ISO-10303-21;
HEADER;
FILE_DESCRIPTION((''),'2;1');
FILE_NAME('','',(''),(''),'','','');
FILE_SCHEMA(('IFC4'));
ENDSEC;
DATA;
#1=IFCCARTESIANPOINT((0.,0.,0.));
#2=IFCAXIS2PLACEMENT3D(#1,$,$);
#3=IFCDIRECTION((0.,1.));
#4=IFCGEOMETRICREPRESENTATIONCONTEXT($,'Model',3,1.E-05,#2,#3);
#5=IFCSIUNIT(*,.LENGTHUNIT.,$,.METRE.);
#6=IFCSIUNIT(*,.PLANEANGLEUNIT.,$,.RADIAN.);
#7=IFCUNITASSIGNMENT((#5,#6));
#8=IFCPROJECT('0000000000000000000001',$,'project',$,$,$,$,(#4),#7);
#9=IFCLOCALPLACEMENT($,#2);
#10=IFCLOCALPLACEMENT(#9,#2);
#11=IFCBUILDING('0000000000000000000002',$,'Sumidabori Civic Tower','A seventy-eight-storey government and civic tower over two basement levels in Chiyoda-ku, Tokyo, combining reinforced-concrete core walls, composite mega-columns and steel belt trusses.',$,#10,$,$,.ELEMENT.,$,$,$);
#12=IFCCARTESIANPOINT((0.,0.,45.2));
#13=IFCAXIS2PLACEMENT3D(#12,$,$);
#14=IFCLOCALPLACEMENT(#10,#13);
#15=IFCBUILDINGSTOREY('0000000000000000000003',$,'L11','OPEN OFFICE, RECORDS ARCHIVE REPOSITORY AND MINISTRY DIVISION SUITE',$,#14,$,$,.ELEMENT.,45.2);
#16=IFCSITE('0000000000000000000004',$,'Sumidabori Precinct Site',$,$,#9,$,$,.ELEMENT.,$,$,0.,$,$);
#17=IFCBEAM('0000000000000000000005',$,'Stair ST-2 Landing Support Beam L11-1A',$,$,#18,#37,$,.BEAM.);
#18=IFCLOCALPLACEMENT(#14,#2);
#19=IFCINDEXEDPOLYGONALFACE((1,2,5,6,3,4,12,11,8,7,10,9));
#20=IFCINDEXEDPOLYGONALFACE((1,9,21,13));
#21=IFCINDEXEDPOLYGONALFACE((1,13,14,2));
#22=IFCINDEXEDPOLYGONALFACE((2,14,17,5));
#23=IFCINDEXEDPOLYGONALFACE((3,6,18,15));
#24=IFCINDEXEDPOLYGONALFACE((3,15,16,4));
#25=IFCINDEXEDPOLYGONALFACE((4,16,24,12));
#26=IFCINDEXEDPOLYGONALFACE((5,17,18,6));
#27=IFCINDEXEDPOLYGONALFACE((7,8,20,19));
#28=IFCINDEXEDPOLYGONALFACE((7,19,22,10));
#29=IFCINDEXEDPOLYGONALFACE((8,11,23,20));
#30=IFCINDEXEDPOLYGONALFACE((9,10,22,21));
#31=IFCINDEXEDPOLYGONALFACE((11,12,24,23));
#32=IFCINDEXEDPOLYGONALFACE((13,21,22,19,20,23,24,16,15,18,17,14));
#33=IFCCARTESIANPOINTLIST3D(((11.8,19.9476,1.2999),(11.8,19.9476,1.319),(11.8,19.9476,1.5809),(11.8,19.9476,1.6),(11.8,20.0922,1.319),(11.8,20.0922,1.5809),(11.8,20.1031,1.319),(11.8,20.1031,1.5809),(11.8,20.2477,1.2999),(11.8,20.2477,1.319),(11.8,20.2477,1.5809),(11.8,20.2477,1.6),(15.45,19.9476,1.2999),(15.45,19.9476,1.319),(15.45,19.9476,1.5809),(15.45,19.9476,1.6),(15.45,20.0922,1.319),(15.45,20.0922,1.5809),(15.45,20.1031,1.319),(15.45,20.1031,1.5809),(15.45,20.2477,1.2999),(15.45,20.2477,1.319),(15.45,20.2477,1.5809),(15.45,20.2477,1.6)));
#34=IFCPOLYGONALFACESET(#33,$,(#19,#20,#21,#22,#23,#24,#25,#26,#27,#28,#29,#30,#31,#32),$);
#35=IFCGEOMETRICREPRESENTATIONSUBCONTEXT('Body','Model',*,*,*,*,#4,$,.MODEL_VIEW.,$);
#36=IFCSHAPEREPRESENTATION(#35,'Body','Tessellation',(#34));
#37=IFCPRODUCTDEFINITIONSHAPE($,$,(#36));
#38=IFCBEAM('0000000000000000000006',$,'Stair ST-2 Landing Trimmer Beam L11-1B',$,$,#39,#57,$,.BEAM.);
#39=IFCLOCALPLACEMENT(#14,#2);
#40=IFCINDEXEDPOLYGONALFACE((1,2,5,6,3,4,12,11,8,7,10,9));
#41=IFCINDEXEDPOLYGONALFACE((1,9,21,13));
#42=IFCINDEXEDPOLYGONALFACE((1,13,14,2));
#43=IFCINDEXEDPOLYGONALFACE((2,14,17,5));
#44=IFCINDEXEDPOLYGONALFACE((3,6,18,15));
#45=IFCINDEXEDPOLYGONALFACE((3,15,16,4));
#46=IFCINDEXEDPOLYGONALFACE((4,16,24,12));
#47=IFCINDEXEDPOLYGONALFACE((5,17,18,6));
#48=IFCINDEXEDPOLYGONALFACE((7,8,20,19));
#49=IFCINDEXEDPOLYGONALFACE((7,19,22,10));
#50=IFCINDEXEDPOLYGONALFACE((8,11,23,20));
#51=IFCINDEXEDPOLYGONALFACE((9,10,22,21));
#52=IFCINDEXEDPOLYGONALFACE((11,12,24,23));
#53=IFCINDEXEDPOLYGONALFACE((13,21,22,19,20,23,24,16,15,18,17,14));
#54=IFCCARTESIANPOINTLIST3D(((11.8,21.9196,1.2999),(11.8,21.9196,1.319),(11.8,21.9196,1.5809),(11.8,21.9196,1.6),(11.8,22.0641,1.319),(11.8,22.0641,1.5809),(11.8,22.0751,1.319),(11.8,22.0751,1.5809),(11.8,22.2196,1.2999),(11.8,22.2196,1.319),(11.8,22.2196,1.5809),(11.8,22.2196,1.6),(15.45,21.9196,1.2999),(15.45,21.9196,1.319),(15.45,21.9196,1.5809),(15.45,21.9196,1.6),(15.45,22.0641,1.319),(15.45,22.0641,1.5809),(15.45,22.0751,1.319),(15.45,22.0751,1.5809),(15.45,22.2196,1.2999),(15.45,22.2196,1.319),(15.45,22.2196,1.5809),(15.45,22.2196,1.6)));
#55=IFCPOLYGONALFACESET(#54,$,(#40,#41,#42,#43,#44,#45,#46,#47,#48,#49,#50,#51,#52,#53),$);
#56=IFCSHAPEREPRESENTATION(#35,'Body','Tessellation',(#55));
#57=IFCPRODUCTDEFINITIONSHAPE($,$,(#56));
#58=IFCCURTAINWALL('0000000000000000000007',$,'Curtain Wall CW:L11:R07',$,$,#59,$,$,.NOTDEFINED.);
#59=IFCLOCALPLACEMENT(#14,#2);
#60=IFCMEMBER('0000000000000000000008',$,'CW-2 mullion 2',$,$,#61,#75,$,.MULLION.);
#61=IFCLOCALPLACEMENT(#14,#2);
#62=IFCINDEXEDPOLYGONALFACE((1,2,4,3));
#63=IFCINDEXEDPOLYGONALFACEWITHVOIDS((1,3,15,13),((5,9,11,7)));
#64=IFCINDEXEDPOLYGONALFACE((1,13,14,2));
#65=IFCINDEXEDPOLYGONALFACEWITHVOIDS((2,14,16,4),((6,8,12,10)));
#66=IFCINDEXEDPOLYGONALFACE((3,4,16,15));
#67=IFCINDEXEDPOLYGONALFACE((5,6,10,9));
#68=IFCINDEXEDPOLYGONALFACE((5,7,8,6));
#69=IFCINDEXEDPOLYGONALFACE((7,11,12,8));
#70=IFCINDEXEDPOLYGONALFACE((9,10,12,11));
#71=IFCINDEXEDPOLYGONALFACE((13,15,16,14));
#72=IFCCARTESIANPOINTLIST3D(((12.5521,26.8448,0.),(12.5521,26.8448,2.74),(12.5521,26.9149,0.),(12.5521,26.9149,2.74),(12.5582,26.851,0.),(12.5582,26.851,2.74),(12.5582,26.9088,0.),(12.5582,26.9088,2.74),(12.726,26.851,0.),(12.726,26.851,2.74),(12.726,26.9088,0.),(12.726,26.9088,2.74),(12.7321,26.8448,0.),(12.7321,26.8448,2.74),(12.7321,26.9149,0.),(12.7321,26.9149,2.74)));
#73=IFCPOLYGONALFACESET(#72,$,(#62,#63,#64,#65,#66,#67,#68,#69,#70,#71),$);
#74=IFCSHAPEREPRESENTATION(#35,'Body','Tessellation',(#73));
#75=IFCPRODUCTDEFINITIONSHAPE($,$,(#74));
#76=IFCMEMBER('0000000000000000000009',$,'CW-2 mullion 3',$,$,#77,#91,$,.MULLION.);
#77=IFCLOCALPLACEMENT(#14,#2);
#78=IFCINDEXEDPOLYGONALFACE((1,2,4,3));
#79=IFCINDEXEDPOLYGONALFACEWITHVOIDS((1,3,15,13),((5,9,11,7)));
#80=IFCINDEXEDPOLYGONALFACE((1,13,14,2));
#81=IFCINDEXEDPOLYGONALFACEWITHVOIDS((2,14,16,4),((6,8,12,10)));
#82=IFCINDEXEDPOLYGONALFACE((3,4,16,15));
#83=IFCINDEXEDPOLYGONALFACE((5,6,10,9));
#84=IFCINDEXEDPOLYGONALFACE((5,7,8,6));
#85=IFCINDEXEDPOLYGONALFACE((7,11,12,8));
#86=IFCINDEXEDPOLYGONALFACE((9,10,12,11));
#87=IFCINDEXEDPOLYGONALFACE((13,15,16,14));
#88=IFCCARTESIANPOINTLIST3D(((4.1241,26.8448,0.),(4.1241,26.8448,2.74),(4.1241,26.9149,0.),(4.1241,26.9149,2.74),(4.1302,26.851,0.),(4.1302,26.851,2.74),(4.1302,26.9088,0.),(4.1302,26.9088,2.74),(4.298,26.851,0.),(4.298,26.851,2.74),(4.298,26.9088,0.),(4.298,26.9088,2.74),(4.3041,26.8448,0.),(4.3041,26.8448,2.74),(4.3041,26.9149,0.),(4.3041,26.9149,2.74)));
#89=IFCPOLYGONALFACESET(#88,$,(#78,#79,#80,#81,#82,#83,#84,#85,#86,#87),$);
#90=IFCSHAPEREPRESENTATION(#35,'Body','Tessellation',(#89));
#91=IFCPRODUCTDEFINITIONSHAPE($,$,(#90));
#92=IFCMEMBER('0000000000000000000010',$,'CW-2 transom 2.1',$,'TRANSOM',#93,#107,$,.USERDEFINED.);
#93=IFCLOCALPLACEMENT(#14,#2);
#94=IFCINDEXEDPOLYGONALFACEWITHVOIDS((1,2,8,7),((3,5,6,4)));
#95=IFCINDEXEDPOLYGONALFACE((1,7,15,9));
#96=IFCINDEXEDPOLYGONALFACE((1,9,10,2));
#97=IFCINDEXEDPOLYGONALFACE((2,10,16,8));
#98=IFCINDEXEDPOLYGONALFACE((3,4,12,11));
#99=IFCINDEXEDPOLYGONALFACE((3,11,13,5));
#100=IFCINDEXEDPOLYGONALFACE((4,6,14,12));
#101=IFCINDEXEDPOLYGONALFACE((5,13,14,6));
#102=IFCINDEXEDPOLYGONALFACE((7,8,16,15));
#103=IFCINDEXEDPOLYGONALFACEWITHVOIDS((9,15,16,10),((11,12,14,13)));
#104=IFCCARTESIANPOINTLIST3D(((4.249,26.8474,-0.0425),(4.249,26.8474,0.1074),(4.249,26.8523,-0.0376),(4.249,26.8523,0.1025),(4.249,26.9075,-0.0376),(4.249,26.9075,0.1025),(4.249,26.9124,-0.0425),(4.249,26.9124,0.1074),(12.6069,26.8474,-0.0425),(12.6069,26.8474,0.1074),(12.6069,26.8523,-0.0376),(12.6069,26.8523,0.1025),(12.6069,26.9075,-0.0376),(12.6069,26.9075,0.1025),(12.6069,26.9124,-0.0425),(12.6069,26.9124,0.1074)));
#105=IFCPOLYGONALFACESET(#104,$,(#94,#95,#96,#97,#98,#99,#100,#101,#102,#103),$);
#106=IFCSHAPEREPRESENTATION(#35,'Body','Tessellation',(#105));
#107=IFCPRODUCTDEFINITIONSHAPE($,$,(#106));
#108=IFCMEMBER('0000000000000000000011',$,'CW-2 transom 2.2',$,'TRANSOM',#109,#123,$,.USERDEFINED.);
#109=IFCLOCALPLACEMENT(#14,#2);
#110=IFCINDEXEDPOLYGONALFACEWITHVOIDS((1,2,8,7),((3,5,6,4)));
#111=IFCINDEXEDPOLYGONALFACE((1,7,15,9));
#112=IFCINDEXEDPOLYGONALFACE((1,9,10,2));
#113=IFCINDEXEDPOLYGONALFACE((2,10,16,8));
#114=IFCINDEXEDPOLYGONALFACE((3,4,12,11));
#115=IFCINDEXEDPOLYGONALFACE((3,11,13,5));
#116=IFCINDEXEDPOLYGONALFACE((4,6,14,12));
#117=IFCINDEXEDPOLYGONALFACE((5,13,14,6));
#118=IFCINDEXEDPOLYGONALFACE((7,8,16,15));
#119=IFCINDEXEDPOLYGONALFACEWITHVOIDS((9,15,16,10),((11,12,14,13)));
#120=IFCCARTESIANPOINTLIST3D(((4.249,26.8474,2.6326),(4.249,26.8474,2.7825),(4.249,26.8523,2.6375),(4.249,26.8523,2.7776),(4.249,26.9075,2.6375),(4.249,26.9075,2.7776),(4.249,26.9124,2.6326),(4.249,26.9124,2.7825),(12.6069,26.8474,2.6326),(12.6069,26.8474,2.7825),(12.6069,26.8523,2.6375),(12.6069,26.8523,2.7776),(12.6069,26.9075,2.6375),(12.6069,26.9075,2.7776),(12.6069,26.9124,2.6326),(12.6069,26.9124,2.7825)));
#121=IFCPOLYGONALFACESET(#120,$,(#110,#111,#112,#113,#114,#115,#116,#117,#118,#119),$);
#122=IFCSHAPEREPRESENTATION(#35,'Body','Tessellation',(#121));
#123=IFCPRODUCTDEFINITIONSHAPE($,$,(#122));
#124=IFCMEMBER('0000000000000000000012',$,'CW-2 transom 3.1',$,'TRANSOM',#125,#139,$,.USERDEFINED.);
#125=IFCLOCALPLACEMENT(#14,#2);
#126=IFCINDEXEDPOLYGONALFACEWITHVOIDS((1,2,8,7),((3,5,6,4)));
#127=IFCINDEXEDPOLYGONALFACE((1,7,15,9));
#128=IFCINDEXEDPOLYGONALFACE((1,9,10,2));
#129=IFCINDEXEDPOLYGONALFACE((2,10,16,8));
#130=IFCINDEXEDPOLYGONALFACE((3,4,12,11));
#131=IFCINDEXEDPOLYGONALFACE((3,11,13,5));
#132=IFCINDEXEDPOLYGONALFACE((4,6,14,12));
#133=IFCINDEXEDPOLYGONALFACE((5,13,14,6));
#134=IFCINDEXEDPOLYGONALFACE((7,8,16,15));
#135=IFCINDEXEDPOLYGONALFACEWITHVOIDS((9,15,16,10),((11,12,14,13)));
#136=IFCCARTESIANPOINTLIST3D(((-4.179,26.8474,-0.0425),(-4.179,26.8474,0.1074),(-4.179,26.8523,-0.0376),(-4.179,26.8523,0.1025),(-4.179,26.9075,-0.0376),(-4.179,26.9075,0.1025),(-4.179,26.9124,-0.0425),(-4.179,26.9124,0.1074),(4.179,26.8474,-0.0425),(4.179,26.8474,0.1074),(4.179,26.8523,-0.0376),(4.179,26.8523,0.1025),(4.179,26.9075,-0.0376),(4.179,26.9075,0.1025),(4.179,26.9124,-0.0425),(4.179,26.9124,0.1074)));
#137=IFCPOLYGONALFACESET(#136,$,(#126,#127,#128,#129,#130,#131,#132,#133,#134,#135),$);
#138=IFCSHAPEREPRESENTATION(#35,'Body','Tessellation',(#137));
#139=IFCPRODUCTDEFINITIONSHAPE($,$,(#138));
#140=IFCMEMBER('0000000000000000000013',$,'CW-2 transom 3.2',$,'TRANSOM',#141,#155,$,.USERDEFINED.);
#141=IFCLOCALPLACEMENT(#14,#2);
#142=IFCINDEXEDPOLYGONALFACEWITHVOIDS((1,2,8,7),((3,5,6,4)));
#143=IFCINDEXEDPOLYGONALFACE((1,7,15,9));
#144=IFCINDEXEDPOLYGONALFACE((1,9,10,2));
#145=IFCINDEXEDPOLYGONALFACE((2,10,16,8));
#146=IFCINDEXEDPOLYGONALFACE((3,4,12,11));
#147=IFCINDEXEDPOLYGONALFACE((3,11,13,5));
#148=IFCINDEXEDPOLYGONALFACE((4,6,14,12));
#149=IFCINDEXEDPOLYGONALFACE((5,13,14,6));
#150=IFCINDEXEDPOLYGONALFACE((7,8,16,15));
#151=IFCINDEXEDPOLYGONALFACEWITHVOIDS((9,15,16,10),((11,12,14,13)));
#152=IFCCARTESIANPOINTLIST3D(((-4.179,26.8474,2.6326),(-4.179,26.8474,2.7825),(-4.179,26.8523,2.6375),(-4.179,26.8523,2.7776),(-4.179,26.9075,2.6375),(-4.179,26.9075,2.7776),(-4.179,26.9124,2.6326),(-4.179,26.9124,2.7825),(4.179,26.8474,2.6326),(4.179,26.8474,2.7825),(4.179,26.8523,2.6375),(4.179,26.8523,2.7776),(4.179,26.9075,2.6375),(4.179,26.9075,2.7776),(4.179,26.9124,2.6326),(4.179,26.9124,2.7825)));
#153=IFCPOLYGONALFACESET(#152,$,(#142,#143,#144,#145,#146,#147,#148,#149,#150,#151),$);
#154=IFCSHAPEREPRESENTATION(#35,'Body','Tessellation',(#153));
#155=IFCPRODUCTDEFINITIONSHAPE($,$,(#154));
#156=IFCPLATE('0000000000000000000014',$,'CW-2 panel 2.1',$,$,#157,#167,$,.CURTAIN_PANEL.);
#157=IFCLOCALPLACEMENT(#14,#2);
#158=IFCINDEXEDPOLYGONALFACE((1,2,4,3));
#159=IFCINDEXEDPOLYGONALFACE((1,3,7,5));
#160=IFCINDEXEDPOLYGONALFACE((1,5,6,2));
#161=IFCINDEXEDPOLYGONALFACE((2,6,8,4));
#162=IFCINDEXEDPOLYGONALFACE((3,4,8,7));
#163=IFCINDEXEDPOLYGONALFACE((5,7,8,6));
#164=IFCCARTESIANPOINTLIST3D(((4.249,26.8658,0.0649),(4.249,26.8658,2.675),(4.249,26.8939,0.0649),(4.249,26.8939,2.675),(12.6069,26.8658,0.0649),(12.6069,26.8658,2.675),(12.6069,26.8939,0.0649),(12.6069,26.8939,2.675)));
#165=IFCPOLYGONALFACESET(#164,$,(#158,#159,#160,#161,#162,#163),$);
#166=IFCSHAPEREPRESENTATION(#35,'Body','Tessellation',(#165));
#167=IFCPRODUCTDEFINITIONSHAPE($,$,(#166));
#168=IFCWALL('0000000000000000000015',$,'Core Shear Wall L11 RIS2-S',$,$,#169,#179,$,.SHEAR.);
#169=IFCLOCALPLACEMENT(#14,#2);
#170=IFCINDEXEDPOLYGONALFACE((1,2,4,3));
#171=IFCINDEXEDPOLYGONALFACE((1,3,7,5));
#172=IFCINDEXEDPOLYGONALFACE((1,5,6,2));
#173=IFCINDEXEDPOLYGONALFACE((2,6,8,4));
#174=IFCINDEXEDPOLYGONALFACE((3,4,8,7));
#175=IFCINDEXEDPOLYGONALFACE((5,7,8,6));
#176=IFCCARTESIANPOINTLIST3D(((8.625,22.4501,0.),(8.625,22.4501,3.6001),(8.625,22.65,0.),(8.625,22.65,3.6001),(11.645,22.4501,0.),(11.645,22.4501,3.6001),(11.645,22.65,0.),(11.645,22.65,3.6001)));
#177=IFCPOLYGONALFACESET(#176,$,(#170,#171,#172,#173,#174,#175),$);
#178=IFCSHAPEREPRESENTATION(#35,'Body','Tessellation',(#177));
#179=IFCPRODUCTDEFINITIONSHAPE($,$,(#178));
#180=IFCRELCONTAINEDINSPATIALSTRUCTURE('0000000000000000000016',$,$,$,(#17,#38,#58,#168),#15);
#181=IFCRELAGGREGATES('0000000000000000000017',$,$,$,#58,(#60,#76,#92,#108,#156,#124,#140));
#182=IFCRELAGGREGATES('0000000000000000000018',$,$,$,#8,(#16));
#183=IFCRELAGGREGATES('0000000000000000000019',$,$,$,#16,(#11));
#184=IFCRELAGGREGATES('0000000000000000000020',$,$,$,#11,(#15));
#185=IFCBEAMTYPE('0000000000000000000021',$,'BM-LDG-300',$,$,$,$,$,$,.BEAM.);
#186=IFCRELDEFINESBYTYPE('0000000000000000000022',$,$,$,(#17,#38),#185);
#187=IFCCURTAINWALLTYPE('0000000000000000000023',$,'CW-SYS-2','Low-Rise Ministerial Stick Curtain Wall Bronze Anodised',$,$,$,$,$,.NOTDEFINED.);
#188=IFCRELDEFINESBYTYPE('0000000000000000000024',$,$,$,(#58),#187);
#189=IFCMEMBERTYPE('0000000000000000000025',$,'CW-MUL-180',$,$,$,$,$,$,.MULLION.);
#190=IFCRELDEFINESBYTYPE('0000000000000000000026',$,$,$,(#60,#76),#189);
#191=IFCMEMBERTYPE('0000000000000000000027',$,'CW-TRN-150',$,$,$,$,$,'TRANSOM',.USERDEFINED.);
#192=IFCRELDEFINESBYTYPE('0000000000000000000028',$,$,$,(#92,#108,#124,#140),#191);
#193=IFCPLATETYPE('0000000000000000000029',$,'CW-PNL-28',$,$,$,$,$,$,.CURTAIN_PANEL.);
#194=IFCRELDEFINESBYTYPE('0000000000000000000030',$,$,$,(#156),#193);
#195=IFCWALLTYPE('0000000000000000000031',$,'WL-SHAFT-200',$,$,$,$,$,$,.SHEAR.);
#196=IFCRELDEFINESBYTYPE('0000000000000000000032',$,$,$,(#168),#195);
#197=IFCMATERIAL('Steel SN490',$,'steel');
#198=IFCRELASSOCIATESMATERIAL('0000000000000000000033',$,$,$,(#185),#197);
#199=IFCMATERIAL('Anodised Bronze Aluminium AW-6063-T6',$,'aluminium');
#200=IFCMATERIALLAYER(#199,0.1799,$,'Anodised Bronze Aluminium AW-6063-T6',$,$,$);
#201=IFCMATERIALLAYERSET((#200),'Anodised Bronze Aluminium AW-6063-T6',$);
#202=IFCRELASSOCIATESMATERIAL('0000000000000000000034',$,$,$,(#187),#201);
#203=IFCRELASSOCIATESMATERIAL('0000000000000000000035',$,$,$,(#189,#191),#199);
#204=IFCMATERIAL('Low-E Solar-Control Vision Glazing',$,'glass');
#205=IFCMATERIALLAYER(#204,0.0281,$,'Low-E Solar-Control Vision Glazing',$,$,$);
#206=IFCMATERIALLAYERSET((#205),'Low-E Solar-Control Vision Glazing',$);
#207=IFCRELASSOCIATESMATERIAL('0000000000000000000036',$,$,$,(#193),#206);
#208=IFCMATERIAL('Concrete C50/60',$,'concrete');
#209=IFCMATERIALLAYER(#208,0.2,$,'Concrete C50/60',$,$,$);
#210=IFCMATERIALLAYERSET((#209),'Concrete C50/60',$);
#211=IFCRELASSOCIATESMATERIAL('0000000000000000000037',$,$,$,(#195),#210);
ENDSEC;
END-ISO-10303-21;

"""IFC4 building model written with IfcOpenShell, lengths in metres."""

from ifc_helpers import new_model, si_unit, direction, frame, frame_2d, origin, origin_2d, place, context, subcontext, project, spatial, rectangle, hollow_rectangle, i_section, extrude, source, transform, mapped, material, layer, layer_set, material_profile, profile_set, type_object, element, aggregate, save


model = new_model("IFC4")

# Units and contexts
model_context = context("Model", 3, precision=1e-05, world=origin(), true_north=direction((0.0, 1.0)))
body_context = subcontext(model_context, "Body", "Model", "MODEL_VIEW")
ifc_project = project(units=[si_unit("LENGTHUNIT", "METRE"), si_unit("PLANEANGLEUNIT", "RADIAN")], contexts=[model_context])

# Site, building, storey
site_placement = place(None, origin())
site = spatial("IfcSite", under=ifc_project, at=site_placement, Name="Sumidabori Precinct Site", CompositionType="ELEMENT", RefElevation=0.0)
building_placement = place(site_placement, origin())
building = spatial("IfcBuilding", under=site, at=building_placement, Name="Sumidabori Civic Tower", Description="A seventy-eight-storey government and civic tower over two basement levels in Chiyoda-ku, Tokyo, combining reinforced-concrete core walls, composite mega-columns and steel belt trusses.", CompositionType="ELEMENT")
storey_placement = place(building_placement, frame((0.0, 0.0, 45.2)))
storey = spatial("IfcBuildingStorey", under=building, at=storey_placement, Name="L11", Description="OPEN OFFICE, RECORDS ARCHIVE REPOSITORY AND MINISTRY DIVISION SUITE", CompositionType="ELEMENT", Elevation=45.2)

# Beams
ifc_material_1 = material(Name="Steel SN490", Category="steel")
ifc_material_profile_1 = material_profile(ifc_material_1, i_section(OverallWidth=0.3, OverallDepth=0.3, WebThickness=0.011, FlangeThickness=0.019, at=origin_2d()), Name="HE 300 B")
ifc_profile_set_1 = profile_set([ifc_material_profile_1], Name="Steel SN490")
beam_type = type_object("IfcBeamType", Name="BM-LDG-300", PredefinedType="BEAM", material=ifc_profile_set_1)
shared_shape_1 = source(origin(), body_context, "Body", "SweptSolid", [
    extrude(i_section(OverallWidth=0.3, OverallDepth=0.3, WebThickness=0.011, FlangeThickness=0.019, at=origin_2d()), origin(), (0.0, 0.0, 1.0), 3.6499),
])
for number, where, z_axis, x_axis, name in (
    (1, (11.8, 20.0977, 1.45), (1.0, 0.0, 0.0), (0.0, 1.0, 0.0), "Stair ST-2 Landing Support Beam L11-1A"),
    (2, (11.8, 22.0696, 1.45), (1.0, 0.0, 0.0), (0.0, 1.0, 0.0), "Stair ST-2 Landing Trimmer Beam L11-1B"),
):
    element("IfcBeam", number, at=place(storey_placement, frame(where, z_axis=z_axis, x_axis=x_axis)), inside=storey, type_object=beam_type, Name=name, PredefinedType="BEAM", context=body_context, shape_type="MappedRepresentation", body=[
        mapped(shared_shape_1, transform((0.0, 0.0, 0.0), x_axis=(1.0, 0.0, 0.0), y_axis=(0.0, 1.0, 0.0), z_axis=(0.0, 0.0, 1.0), scale=1.0)),
    ])

# Curtain wall, members, plate
ifc_material_2 = material(Name="Anodised Bronze Aluminium AW-6063-T6", Category="aluminium")
ifc_layer_1 = layer(ifc_material_2, 0.1799, Name="Anodised Bronze Aluminium AW-6063-T6")
ifc_layer_set_1 = layer_set([ifc_layer_1], Name="Anodised Bronze Aluminium AW-6063-T6")
curtain_wall_type = type_object("IfcCurtainWallType", Name="CW-SYS-2", Description="Low-Rise Ministerial Stick Curtain Wall Bronze Anodised", PredefinedType="NOTDEFINED", material=ifc_layer_set_1)
curtain_wall_placement = place(storey_placement, origin())
curtain_wall = element("IfcCurtainWall", 3, at=curtain_wall_placement, inside=storey, type_object=curtain_wall_type, Name="Curtain Wall CW:L11:R07", PredefinedType="NOTDEFINED")
ifc_material_profile_2 = material_profile(ifc_material_2, hollow_rectangle(XDim=0.0701, YDim=0.1799, WallThickness=0.0061, at=origin_2d()), Name="ALU MULLION 180x70")
ifc_profile_set_2 = profile_set([ifc_material_profile_2], Name="Anodised Bronze Aluminium AW-6063-T6")
member_type_1 = type_object("IfcMemberType", Name="CW-MUL-180", PredefinedType="MULLION", material=ifc_profile_set_2)
shared_shape_2 = source(origin(), body_context, "Body", "SweptSolid", [
    extrude(hollow_rectangle(XDim=0.0701, YDim=0.1799, WallThickness=0.0061, at=origin_2d()), origin(), (0.0, 0.0, 1.0), 2.74),
])
member_1_placement = place(storey_placement, frame((12.6421, 26.8799, 0.0), z_axis=(0.0, 0.0, 1.0), x_axis=(0.0, -1.0, 0.0)))
member_1 = element("IfcMember", 4, at=member_1_placement, type_object=member_type_1, Name="CW-2 mullion 2", PredefinedType="MULLION", context=body_context, shape_type="MappedRepresentation", body=[
    mapped(shared_shape_2, transform((0.0, 0.0, 0.0), x_axis=(1.0, 0.0, 0.0), y_axis=(0.0, 1.0, 0.0), z_axis=(0.0, 0.0, 1.0), scale=1.0)),
])
member_2_placement = place(storey_placement, frame((4.2141, 26.8799, 0.0), z_axis=(0.0, 0.0, 1.0), x_axis=(0.0, -1.0, 0.0)))
member_2 = element("IfcMember", 5, at=member_2_placement, type_object=member_type_1, Name="CW-2 mullion 3", PredefinedType="MULLION", context=body_context, shape_type="MappedRepresentation", body=[
    mapped(shared_shape_2, transform((0.0, 0.0, 0.0), x_axis=(1.0, 0.0, 0.0), y_axis=(0.0, 1.0, 0.0), z_axis=(0.0, 0.0, 1.0), scale=1.0)),
])
ifc_material_profile_3 = material_profile(ifc_material_2, hollow_rectangle(XDim=0.0649, YDim=0.1499, WallThickness=0.0049, at=origin_2d()), Name="ALU TRANSOM 150x65")
ifc_profile_set_3 = profile_set([ifc_material_profile_3], Name="Anodised Bronze Aluminium AW-6063-T6")
member_type_2 = type_object("IfcMemberType", Name="CW-TRN-150", ElementType="TRANSOM", PredefinedType="USERDEFINED", material=ifc_profile_set_3)
shared_shape_3 = source(origin(), body_context, "Body", "SweptSolid", [
    extrude(hollow_rectangle(XDim=0.0649, YDim=0.1499, WallThickness=0.0049, at=origin_2d()), origin(), (0.0, 0.0, 1.0), 8.3579),
])
member_3_placement = place(storey_placement, frame((12.6069, 26.8799, 0.0325), z_axis=(-1.0, 0.0, 0.0), x_axis=(0.0, -1.0, 0.0)))
member_3 = element("IfcMember", 6, at=member_3_placement, type_object=member_type_2, Name="CW-2 transom 2.1", ObjectType="TRANSOM", PredefinedType="USERDEFINED", context=body_context, shape_type="MappedRepresentation", body=[
    mapped(shared_shape_3, transform((0.0, 0.0, 0.0), x_axis=(1.0, 0.0, 0.0), y_axis=(0.0, 1.0, 0.0), z_axis=(0.0, 0.0, 1.0), scale=1.0)),
])
member_4_placement = place(storey_placement, frame((12.6069, 26.8799, 2.7075), z_axis=(-1.0, 0.0, 0.0), x_axis=(0.0, -1.0, 0.0)))
member_4 = element("IfcMember", 7, at=member_4_placement, type_object=member_type_2, Name="CW-2 transom 2.2", ObjectType="TRANSOM", PredefinedType="USERDEFINED", context=body_context, shape_type="MappedRepresentation", body=[
    mapped(shared_shape_3, transform((0.0, 0.0, 0.0), x_axis=(1.0, 0.0, 0.0), y_axis=(0.0, 1.0, 0.0), z_axis=(0.0, 0.0, 1.0), scale=1.0)),
])
member_5_placement = place(storey_placement, frame((4.179, 26.8799, 0.0325), z_axis=(-1.0, 0.0, 0.0), x_axis=(0.0, -1.0, 0.0)))
member_5 = element("IfcMember", 8, at=member_5_placement, type_object=member_type_2, Name="CW-2 transom 3.1", ObjectType="TRANSOM", PredefinedType="USERDEFINED", context=body_context, shape_type="MappedRepresentation", body=[
    mapped(shared_shape_3, transform((0.0, 0.0, 0.0), x_axis=(1.0, 0.0, 0.0), y_axis=(0.0, 1.0, 0.0), z_axis=(0.0, 0.0, 1.0), scale=1.0)),
])
member_6_placement = place(storey_placement, frame((4.179, 26.8799, 2.7075), z_axis=(-1.0, 0.0, 0.0), x_axis=(0.0, -1.0, 0.0)))
member_6 = element("IfcMember", 9, at=member_6_placement, type_object=member_type_2, Name="CW-2 transom 3.2", ObjectType="TRANSOM", PredefinedType="USERDEFINED", context=body_context, shape_type="MappedRepresentation", body=[
    mapped(shared_shape_3, transform((0.0, 0.0, 0.0), x_axis=(1.0, 0.0, 0.0), y_axis=(0.0, 1.0, 0.0), z_axis=(0.0, 0.0, 1.0), scale=1.0)),
])
ifc_material_3 = material(Name="Low-E Solar-Control Vision Glazing", Category="glass")
ifc_layer_2 = layer(ifc_material_3, 0.0281, Name="Low-E Solar-Control Vision Glazing")
ifc_layer_set_2 = layer_set([ifc_layer_2], Name="Low-E Solar-Control Vision Glazing")
plate_type = type_object("IfcPlateType", Name="CW-PNL-28", PredefinedType="CURTAIN_PANEL", material=ifc_layer_set_2)
shared_shape_4 = source(origin(), body_context, "Body", "SweptSolid", [
    extrude(rectangle(XDim=8.3579, YDim=0.0281, at=origin_2d()), origin(), (0.0, 0.0, 1.0), 2.6101),
])
plate_placement = place(storey_placement, frame((8.428, 26.8799, 0.0649), z_axis=(0.0, 0.0, 1.0), x_axis=(-1.0, 0.0, 0.0)))
plate = element("IfcPlate", 10, at=plate_placement, type_object=plate_type, Name="CW-2 panel 2.1", PredefinedType="CURTAIN_PANEL", context=body_context, shape_type="MappedRepresentation", body=[
    mapped(shared_shape_4, transform((0.0, 0.0, 0.0), x_axis=(1.0, 0.0, 0.0), y_axis=(0.0, 1.0, 0.0), z_axis=(0.0, 0.0, 1.0), scale=1.0)),
])
aggregate(curtain_wall, [member_1, member_2, member_3, member_4, plate, member_5, member_6])

# Wall
ifc_material_4 = material(Name="Concrete C50/60", Category="concrete")
ifc_layer_3 = layer(ifc_material_4, 0.2, Name="Concrete C50/60")
ifc_layer_set_3 = layer_set([ifc_layer_3], Name="Concrete C50/60")
wall_type_1 = type_object("IfcWallType", Name="WL-SHAFT-200", PredefinedType="SHEAR", material=ifc_layer_set_3)
shared_shape_5 = source(origin(), body_context, "Body", "SweptSolid", [
    extrude(rectangle(XDim=3.02, YDim=0.2, at=frame_2d((1.51, 0.0))), origin(), (0.0, 0.0, 1.0), 3.6001),
])
wall_1_placement = place(storey_placement, frame((8.625, 22.55, 0.0), z_axis=(0.0, 0.0, 1.0), x_axis=(1.0, 0.0, 0.0)))
element("IfcWall", 11, at=wall_1_placement, inside=storey, type_object=wall_type_1, Name="Core Shear Wall L11 RIS2-S", PredefinedType="SHEAR", context=body_context, shape_type="MappedRepresentation", body=[
    mapped(shared_shape_5, transform((0.0, 0.0, 0.0), x_axis=(1.0, 0.0, 0.0), y_axis=(0.0, 1.0, 0.0), z_axis=(0.0, 0.0, 1.0), scale=1.0)),
])

save(model, "model.ifc")
